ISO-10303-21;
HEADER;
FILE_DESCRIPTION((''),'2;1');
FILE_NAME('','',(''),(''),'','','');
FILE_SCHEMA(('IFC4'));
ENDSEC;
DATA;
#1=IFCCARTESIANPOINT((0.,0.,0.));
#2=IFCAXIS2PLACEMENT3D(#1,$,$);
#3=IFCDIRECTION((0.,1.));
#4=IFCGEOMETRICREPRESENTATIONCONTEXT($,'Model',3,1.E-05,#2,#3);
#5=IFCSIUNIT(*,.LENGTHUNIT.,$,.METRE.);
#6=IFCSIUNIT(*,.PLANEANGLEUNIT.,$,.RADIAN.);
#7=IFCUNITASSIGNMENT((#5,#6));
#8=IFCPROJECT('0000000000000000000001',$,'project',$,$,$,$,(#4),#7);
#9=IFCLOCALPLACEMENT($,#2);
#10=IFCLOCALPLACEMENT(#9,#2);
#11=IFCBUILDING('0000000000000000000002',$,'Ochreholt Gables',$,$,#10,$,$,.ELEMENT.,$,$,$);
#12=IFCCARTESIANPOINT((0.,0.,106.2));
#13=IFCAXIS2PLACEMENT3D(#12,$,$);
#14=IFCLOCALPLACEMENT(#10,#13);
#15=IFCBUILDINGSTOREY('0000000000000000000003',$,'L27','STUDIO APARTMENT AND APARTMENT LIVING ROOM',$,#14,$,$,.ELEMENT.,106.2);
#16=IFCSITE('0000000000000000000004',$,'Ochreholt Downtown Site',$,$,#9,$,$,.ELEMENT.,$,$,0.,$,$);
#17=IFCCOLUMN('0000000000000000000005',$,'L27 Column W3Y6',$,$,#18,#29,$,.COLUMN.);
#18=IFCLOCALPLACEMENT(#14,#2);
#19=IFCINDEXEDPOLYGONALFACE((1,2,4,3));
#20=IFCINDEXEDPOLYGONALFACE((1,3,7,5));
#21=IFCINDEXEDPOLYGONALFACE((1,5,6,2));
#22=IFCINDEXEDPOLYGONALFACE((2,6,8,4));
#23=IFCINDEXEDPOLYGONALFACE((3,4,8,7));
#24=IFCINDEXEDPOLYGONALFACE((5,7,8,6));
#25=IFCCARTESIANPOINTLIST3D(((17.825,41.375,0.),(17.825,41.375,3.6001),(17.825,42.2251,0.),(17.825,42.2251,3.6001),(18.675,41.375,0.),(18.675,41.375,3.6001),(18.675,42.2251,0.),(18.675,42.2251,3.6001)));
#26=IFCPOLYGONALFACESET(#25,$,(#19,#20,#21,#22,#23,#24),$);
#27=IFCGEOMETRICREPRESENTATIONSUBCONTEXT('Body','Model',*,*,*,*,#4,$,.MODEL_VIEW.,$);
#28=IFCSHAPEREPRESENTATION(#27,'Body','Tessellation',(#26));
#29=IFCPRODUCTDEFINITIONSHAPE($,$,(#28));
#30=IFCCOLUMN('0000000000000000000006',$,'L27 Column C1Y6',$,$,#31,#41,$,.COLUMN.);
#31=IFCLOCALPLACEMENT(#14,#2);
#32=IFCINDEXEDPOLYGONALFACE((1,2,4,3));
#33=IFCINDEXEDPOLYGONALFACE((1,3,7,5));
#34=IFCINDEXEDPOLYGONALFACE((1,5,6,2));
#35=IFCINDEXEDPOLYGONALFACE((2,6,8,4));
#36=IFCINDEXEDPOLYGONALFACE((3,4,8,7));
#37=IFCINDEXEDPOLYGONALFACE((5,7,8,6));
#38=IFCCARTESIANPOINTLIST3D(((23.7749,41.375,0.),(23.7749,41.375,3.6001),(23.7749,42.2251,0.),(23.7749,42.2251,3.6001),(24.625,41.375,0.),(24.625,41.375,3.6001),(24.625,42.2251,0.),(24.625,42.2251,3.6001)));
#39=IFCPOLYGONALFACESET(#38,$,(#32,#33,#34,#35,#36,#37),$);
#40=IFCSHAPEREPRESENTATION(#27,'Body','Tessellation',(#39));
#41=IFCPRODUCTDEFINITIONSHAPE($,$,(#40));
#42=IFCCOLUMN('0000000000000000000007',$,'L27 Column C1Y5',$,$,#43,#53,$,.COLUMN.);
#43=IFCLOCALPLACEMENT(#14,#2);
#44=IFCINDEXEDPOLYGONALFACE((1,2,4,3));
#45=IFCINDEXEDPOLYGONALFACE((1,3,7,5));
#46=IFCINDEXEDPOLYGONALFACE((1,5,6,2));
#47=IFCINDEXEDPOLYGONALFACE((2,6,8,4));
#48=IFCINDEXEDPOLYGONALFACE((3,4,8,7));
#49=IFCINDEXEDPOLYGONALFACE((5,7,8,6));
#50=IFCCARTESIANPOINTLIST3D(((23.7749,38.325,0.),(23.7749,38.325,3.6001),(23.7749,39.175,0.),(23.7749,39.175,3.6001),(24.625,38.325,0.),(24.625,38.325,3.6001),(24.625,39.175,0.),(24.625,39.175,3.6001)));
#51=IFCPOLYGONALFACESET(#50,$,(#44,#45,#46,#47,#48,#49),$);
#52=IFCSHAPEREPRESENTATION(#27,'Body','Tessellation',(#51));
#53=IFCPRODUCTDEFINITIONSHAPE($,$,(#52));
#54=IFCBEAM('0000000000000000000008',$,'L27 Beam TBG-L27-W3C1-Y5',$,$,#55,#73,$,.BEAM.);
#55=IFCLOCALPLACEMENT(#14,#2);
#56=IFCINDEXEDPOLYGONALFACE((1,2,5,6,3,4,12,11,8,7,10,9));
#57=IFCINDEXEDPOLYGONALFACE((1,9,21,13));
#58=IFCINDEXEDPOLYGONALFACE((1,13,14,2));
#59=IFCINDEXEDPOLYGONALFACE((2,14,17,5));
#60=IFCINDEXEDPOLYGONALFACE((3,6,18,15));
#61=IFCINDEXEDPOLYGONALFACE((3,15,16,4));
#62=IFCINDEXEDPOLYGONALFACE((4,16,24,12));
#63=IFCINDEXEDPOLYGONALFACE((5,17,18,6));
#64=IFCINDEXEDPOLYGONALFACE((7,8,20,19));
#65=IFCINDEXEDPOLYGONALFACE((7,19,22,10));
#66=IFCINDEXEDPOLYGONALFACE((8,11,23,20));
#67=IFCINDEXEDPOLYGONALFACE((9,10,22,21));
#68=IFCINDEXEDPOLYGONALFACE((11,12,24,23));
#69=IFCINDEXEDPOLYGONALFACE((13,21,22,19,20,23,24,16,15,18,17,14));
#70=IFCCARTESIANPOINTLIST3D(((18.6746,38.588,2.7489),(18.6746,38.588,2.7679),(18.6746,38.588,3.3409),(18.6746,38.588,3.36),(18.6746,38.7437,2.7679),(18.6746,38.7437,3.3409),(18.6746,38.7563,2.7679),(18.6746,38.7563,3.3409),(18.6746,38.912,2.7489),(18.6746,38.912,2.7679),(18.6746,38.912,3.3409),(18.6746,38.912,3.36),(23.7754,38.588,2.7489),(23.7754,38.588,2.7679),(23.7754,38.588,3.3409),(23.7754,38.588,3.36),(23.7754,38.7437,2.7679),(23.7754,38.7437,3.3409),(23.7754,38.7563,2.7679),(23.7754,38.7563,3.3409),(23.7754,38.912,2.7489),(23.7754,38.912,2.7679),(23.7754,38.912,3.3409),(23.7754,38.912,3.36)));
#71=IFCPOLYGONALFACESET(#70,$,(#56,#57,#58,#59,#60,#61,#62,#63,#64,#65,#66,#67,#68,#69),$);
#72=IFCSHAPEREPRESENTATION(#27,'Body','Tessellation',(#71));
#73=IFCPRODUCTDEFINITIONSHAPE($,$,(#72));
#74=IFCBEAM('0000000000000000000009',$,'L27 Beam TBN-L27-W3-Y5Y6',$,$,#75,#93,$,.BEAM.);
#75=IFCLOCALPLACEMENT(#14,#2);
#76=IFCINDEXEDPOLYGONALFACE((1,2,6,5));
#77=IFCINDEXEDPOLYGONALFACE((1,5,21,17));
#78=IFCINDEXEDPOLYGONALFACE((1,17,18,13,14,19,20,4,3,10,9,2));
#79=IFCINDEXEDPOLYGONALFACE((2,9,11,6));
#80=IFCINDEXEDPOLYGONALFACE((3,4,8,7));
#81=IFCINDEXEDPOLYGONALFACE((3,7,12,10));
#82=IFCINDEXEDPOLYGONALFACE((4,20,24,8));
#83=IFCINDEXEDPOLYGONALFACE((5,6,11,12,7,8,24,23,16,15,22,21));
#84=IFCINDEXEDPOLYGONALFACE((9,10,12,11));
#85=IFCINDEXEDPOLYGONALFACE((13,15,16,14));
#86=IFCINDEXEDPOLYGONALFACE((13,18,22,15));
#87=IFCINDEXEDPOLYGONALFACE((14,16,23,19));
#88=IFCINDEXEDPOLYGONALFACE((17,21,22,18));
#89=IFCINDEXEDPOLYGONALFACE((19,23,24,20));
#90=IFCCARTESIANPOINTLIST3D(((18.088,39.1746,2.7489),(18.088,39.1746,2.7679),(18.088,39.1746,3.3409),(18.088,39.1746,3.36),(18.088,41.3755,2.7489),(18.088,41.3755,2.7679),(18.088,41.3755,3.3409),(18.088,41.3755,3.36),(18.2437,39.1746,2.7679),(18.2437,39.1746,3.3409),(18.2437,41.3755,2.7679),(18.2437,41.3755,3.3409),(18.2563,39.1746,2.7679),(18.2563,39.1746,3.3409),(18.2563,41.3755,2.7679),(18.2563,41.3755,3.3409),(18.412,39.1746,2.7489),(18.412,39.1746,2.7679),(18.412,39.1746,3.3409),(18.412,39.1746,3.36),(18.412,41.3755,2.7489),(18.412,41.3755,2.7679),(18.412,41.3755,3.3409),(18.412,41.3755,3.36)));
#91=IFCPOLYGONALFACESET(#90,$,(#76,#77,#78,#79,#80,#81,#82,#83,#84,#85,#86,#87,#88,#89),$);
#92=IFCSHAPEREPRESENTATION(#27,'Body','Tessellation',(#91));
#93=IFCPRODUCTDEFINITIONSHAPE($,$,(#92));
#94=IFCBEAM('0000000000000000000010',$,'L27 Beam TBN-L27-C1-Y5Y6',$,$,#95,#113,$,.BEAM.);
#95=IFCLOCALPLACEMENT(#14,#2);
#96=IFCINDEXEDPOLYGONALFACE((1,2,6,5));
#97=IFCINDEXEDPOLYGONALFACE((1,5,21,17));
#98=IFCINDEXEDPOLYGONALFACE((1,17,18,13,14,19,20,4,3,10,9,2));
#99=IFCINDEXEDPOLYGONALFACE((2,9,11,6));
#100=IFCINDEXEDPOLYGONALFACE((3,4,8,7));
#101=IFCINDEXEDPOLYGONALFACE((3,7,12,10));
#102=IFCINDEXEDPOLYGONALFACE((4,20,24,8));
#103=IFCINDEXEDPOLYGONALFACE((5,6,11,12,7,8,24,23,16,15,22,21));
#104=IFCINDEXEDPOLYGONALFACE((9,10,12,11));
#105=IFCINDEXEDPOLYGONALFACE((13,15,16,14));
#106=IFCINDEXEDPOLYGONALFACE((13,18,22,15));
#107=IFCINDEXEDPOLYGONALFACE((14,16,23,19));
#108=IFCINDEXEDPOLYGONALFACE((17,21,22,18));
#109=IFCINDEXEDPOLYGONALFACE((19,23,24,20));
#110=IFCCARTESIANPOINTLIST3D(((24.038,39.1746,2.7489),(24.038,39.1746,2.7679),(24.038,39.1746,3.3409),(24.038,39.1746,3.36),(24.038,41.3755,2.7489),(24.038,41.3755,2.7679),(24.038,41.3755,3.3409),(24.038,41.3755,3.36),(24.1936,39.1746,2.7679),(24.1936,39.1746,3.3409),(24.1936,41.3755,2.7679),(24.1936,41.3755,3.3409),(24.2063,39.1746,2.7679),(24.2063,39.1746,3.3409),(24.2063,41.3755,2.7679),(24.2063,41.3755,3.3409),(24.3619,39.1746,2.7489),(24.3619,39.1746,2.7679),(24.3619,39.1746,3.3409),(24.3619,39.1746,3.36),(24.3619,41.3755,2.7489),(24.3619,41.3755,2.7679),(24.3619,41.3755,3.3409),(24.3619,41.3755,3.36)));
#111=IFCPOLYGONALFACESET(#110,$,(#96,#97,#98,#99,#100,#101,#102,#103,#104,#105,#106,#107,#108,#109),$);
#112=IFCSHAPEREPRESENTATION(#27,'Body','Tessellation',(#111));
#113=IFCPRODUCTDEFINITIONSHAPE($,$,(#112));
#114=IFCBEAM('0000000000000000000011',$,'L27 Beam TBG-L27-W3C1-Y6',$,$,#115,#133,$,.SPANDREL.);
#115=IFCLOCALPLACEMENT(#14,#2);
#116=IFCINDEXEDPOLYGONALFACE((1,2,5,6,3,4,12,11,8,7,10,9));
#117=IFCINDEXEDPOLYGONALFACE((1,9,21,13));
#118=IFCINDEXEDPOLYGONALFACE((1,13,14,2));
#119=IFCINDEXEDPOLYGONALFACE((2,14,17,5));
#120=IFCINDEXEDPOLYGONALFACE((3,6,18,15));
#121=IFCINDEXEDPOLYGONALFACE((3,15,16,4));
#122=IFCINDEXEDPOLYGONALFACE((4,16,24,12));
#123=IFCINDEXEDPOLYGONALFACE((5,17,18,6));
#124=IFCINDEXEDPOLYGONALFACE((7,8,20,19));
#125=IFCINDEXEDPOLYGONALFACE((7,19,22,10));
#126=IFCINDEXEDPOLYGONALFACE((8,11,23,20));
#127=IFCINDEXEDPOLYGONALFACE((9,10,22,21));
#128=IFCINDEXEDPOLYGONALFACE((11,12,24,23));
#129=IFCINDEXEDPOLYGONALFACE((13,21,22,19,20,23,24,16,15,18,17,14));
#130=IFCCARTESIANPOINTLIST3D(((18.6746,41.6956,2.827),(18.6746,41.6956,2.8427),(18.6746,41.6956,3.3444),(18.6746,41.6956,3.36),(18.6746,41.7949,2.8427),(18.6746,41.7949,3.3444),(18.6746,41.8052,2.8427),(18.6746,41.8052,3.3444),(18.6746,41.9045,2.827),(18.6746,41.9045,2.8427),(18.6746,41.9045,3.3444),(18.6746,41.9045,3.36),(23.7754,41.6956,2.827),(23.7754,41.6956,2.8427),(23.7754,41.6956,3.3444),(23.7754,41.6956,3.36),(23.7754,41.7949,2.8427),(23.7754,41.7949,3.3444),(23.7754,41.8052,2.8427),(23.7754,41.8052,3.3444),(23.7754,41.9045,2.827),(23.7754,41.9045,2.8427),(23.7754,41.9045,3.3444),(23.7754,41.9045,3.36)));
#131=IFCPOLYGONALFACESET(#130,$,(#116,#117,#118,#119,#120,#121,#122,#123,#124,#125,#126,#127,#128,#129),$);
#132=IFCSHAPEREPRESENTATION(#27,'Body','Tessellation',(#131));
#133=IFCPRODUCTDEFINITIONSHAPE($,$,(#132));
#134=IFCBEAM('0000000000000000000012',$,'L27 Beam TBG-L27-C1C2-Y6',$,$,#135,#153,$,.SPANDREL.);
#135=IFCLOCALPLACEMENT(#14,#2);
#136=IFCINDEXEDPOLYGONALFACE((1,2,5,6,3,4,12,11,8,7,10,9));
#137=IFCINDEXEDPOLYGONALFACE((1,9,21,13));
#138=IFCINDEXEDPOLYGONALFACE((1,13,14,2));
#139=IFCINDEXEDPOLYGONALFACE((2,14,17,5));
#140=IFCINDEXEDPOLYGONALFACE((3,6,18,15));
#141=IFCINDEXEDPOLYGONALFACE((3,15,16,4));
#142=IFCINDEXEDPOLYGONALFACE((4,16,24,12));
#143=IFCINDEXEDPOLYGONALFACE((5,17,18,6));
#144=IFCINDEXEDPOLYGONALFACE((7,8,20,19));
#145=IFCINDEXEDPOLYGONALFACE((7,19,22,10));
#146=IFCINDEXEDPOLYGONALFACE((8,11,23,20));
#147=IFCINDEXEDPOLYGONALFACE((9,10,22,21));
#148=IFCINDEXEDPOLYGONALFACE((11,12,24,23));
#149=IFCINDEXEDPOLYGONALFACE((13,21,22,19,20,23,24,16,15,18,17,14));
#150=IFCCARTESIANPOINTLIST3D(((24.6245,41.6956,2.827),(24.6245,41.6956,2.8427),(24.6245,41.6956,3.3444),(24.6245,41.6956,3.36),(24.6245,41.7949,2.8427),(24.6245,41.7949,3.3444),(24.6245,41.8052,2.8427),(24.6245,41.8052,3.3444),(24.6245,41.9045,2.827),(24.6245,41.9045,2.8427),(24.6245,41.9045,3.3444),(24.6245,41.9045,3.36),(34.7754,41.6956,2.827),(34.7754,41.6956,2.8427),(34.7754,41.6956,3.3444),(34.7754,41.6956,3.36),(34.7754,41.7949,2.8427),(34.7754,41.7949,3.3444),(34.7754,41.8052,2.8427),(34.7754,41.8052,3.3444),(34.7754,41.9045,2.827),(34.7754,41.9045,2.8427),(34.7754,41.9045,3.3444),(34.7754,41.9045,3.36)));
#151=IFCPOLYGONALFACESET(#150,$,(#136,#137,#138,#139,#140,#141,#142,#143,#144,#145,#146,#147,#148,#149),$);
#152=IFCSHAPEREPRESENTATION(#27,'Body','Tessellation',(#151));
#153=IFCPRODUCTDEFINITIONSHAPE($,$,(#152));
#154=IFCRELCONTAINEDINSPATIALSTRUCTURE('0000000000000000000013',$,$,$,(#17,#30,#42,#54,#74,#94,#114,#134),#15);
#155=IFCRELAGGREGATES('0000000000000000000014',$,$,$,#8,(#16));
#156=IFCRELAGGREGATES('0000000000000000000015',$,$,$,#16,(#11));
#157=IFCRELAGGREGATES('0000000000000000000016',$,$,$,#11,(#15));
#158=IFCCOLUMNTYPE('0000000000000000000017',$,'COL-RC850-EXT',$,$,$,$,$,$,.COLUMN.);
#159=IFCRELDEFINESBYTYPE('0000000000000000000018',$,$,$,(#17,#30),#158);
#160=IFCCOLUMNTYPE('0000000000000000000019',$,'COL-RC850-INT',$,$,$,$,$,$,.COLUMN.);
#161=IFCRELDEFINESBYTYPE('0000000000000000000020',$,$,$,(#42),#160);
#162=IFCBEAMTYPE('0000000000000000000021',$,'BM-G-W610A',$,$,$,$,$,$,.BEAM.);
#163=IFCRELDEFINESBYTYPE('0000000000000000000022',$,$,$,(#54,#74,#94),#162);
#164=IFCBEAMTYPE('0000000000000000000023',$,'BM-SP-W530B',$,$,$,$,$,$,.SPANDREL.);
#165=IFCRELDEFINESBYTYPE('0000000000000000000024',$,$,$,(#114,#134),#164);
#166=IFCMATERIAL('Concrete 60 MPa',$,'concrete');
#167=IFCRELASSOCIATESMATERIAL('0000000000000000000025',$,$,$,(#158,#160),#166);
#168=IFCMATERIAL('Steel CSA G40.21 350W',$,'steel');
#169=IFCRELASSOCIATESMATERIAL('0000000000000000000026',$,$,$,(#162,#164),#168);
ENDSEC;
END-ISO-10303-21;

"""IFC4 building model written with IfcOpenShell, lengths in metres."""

from ifc_helpers import new_model, si_unit, direction, frame, origin, origin_2d, place, context, subcontext, project, spatial, rectangle, i_section, extrude, material, material_profile, profile_set, type_object, element, save


model = new_model("IFC4")

# Units and contexts
model_context = context("Model", 3, precision=1e-05, world=origin(), true_north=direction((0.0, 1.0)))
body_context = subcontext(model_context, "Body", "Model", "MODEL_VIEW")
ifc_project = project(units=[si_unit("LENGTHUNIT", "METRE"), si_unit("PLANEANGLEUNIT", "RADIAN")], contexts=[model_context])

# Site, building, storey
site_placement = place(None, origin())
site = spatial("IfcSite", under=ifc_project, at=site_placement, Name="Ochreholt Downtown Site", CompositionType="ELEMENT", RefElevation=0.0)
building_placement = place(site_placement, origin())
building = spatial("IfcBuilding", under=site, at=building_placement, Name="Ochreholt Gables", CompositionType="ELEMENT")
storey_placement = place(building_placement, frame((0.0, 0.0, 106.2)))
storey = spatial("IfcBuildingStorey", under=building, at=storey_placement, Name="L27", Description="STUDIO APARTMENT AND APARTMENT LIVING ROOM", CompositionType="ELEMENT", Elevation=106.2)

# Columns
ifc_material_1 = material(Name="Concrete 60 MPa", Category="concrete")
ifc_material_profile_1 = material_profile(ifc_material_1, rectangle(XDim=0.8501, YDim=0.8501, at=origin_2d()), Name="RC850X850")
ifc_profile_set_1 = profile_set([ifc_material_profile_1], Name="Concrete 60 MPa")
column_type_1 = type_object("IfcColumnType", Name="COL-RC850-EXT", PredefinedType="COLUMN", material=ifc_profile_set_1)
for number, where, z_axis, x_axis, name in (
    (1, (18.25, 41.8, 0.0), (0.0, 0.0, 1.0), (1.0, 0.0, 0.0), "L27 Column W3Y6"),
    (2, (24.2, 41.8, 0.0), (0.0, 0.0, 1.0), (1.0, 0.0, 0.0), "L27 Column C1Y6"),
):
    element("IfcColumn", number, at=place(storey_placement, frame(where, z_axis=z_axis, x_axis=x_axis)), inside=storey, type_object=column_type_1, Name=name, PredefinedType="COLUMN", context=body_context, shape_type="SweptSolid", body=[
        extrude(rectangle(XDim=0.8501, YDim=0.8501, at=origin_2d()), origin(), (0.0, 0.0, 1.0), 3.6001),
    ])
ifc_material_profile_2 = material_profile(ifc_material_1, rectangle(XDim=0.8501, YDim=0.8501, at=origin_2d()), Name="RC850X850")
ifc_profile_set_2 = profile_set([ifc_material_profile_2], Name="Concrete 60 MPa")
column_type_2 = type_object("IfcColumnType", Name="COL-RC850-INT", PredefinedType="COLUMN", material=ifc_profile_set_2)
column_placement = place(storey_placement, frame((24.2, 38.75, 0.0), z_axis=(0.0, 0.0, 1.0), x_axis=(1.0, 0.0, 0.0)))
element("IfcColumn", 3, at=column_placement, inside=storey, type_object=column_type_2, Name="L27 Column C1Y5", PredefinedType="COLUMN", context=body_context, shape_type="SweptSolid", body=[
    extrude(rectangle(XDim=0.8501, YDim=0.8501, at=origin_2d()), origin(), (0.0, 0.0, 1.0), 3.6001),
])

# Beams
ifc_material_2 = material(Name="Steel CSA G40.21 350W", Category="steel")
ifc_material_profile_3 = material_profile(ifc_material_2, i_section(OverallWidth=0.324, OverallDepth=0.6111, WebThickness=0.0127, FlangeThickness=0.019, at=origin_2d()), Name="W610X155")
ifc_profile_set_3 = profile_set([ifc_material_profile_3], Name="Steel CSA G40.21 350W")
beam_type_1 = type_object("IfcBeamType", Name="BM-G-W610A", PredefinedType="BEAM", material=ifc_profile_set_3)
beam_1_placement = place(storey_placement, frame((18.6746, 38.75, 3.0544), z_axis=(1.0, 0.0, 0.0), x_axis=(0.0, 1.0, 0.0)))
element("IfcBeam", 4, at=beam_1_placement, inside=storey, type_object=beam_type_1, Name="L27 Beam TBG-L27-W3C1-Y5", PredefinedType="BEAM", context=body_context, shape_type="SweptSolid", body=[
    extrude(i_section(OverallWidth=0.324, OverallDepth=0.6111, WebThickness=0.0127, FlangeThickness=0.019, at=origin_2d()), origin(), (0.0, 0.0, 1.0), 5.1008),
])
for number, where, z_axis, x_axis, name in (
    (5, (18.25, 39.1746, 3.0544), (0.0, 1.0, 0.0), (-1.0, 0.0, 0.0), "L27 Beam TBN-L27-W3-Y5Y6"),
    (6, (24.2, 39.1746, 3.0544), (0.0, 1.0, 0.0), (-1.0, 0.0, 0.0), "L27 Beam TBN-L27-C1-Y5Y6"),
):
    element("IfcBeam", number, at=place(storey_placement, frame(where, z_axis=z_axis, x_axis=x_axis)), inside=storey, type_object=beam_type_1, Name=name, PredefinedType="BEAM", context=body_context, shape_type="SweptSolid", body=[
        extrude(i_section(OverallWidth=0.324, OverallDepth=0.6111, WebThickness=0.0127, FlangeThickness=0.019, at=origin_2d()), origin(), (0.0, 0.0, 1.0), 2.2009),
    ])
ifc_material_profile_4 = material_profile(ifc_material_2, i_section(OverallWidth=0.209, OverallDepth=0.533, WebThickness=0.0103, FlangeThickness=0.0156, at=origin_2d()), Name="W530X92")
ifc_profile_set_4 = profile_set([ifc_material_profile_4], Name="Steel CSA G40.21 350W")
beam_type_2 = type_object("IfcBeamType", Name="BM-SP-W530B", PredefinedType="SPANDREL", material=ifc_profile_set_4)
beam_2_placement = place(storey_placement, frame((18.6746, 41.8, 3.0935), z_axis=(1.0, 0.0, 0.0), x_axis=(0.0, 1.0, 0.0)))
element("IfcBeam", 7, at=beam_2_placement, inside=storey, type_object=beam_type_2, Name="L27 Beam TBG-L27-W3C1-Y6", PredefinedType="SPANDREL", context=body_context, shape_type="SweptSolid", body=[
    extrude(i_section(OverallWidth=0.209, OverallDepth=0.533, WebThickness=0.0103, FlangeThickness=0.0156, at=origin_2d()), origin(), (0.0, 0.0, 1.0), 5.1008),
])
beam_3_placement = place(storey_placement, frame((24.6245, 41.8, 3.0935), z_axis=(1.0, 0.0, 0.0), x_axis=(0.0, 1.0, 0.0)))
element("IfcBeam", 8, at=beam_3_placement, inside=storey, type_object=beam_type_2, Name="L27 Beam TBG-L27-C1C2-Y6", PredefinedType="SPANDREL", context=body_context, shape_type="SweptSolid", body=[
    extrude(i_section(OverallWidth=0.209, OverallDepth=0.533, WebThickness=0.0103, FlangeThickness=0.0156, at=origin_2d()), origin(), (0.0, 0.0, 1.0), 10.1509),
])

save(model, "model.ifc")
